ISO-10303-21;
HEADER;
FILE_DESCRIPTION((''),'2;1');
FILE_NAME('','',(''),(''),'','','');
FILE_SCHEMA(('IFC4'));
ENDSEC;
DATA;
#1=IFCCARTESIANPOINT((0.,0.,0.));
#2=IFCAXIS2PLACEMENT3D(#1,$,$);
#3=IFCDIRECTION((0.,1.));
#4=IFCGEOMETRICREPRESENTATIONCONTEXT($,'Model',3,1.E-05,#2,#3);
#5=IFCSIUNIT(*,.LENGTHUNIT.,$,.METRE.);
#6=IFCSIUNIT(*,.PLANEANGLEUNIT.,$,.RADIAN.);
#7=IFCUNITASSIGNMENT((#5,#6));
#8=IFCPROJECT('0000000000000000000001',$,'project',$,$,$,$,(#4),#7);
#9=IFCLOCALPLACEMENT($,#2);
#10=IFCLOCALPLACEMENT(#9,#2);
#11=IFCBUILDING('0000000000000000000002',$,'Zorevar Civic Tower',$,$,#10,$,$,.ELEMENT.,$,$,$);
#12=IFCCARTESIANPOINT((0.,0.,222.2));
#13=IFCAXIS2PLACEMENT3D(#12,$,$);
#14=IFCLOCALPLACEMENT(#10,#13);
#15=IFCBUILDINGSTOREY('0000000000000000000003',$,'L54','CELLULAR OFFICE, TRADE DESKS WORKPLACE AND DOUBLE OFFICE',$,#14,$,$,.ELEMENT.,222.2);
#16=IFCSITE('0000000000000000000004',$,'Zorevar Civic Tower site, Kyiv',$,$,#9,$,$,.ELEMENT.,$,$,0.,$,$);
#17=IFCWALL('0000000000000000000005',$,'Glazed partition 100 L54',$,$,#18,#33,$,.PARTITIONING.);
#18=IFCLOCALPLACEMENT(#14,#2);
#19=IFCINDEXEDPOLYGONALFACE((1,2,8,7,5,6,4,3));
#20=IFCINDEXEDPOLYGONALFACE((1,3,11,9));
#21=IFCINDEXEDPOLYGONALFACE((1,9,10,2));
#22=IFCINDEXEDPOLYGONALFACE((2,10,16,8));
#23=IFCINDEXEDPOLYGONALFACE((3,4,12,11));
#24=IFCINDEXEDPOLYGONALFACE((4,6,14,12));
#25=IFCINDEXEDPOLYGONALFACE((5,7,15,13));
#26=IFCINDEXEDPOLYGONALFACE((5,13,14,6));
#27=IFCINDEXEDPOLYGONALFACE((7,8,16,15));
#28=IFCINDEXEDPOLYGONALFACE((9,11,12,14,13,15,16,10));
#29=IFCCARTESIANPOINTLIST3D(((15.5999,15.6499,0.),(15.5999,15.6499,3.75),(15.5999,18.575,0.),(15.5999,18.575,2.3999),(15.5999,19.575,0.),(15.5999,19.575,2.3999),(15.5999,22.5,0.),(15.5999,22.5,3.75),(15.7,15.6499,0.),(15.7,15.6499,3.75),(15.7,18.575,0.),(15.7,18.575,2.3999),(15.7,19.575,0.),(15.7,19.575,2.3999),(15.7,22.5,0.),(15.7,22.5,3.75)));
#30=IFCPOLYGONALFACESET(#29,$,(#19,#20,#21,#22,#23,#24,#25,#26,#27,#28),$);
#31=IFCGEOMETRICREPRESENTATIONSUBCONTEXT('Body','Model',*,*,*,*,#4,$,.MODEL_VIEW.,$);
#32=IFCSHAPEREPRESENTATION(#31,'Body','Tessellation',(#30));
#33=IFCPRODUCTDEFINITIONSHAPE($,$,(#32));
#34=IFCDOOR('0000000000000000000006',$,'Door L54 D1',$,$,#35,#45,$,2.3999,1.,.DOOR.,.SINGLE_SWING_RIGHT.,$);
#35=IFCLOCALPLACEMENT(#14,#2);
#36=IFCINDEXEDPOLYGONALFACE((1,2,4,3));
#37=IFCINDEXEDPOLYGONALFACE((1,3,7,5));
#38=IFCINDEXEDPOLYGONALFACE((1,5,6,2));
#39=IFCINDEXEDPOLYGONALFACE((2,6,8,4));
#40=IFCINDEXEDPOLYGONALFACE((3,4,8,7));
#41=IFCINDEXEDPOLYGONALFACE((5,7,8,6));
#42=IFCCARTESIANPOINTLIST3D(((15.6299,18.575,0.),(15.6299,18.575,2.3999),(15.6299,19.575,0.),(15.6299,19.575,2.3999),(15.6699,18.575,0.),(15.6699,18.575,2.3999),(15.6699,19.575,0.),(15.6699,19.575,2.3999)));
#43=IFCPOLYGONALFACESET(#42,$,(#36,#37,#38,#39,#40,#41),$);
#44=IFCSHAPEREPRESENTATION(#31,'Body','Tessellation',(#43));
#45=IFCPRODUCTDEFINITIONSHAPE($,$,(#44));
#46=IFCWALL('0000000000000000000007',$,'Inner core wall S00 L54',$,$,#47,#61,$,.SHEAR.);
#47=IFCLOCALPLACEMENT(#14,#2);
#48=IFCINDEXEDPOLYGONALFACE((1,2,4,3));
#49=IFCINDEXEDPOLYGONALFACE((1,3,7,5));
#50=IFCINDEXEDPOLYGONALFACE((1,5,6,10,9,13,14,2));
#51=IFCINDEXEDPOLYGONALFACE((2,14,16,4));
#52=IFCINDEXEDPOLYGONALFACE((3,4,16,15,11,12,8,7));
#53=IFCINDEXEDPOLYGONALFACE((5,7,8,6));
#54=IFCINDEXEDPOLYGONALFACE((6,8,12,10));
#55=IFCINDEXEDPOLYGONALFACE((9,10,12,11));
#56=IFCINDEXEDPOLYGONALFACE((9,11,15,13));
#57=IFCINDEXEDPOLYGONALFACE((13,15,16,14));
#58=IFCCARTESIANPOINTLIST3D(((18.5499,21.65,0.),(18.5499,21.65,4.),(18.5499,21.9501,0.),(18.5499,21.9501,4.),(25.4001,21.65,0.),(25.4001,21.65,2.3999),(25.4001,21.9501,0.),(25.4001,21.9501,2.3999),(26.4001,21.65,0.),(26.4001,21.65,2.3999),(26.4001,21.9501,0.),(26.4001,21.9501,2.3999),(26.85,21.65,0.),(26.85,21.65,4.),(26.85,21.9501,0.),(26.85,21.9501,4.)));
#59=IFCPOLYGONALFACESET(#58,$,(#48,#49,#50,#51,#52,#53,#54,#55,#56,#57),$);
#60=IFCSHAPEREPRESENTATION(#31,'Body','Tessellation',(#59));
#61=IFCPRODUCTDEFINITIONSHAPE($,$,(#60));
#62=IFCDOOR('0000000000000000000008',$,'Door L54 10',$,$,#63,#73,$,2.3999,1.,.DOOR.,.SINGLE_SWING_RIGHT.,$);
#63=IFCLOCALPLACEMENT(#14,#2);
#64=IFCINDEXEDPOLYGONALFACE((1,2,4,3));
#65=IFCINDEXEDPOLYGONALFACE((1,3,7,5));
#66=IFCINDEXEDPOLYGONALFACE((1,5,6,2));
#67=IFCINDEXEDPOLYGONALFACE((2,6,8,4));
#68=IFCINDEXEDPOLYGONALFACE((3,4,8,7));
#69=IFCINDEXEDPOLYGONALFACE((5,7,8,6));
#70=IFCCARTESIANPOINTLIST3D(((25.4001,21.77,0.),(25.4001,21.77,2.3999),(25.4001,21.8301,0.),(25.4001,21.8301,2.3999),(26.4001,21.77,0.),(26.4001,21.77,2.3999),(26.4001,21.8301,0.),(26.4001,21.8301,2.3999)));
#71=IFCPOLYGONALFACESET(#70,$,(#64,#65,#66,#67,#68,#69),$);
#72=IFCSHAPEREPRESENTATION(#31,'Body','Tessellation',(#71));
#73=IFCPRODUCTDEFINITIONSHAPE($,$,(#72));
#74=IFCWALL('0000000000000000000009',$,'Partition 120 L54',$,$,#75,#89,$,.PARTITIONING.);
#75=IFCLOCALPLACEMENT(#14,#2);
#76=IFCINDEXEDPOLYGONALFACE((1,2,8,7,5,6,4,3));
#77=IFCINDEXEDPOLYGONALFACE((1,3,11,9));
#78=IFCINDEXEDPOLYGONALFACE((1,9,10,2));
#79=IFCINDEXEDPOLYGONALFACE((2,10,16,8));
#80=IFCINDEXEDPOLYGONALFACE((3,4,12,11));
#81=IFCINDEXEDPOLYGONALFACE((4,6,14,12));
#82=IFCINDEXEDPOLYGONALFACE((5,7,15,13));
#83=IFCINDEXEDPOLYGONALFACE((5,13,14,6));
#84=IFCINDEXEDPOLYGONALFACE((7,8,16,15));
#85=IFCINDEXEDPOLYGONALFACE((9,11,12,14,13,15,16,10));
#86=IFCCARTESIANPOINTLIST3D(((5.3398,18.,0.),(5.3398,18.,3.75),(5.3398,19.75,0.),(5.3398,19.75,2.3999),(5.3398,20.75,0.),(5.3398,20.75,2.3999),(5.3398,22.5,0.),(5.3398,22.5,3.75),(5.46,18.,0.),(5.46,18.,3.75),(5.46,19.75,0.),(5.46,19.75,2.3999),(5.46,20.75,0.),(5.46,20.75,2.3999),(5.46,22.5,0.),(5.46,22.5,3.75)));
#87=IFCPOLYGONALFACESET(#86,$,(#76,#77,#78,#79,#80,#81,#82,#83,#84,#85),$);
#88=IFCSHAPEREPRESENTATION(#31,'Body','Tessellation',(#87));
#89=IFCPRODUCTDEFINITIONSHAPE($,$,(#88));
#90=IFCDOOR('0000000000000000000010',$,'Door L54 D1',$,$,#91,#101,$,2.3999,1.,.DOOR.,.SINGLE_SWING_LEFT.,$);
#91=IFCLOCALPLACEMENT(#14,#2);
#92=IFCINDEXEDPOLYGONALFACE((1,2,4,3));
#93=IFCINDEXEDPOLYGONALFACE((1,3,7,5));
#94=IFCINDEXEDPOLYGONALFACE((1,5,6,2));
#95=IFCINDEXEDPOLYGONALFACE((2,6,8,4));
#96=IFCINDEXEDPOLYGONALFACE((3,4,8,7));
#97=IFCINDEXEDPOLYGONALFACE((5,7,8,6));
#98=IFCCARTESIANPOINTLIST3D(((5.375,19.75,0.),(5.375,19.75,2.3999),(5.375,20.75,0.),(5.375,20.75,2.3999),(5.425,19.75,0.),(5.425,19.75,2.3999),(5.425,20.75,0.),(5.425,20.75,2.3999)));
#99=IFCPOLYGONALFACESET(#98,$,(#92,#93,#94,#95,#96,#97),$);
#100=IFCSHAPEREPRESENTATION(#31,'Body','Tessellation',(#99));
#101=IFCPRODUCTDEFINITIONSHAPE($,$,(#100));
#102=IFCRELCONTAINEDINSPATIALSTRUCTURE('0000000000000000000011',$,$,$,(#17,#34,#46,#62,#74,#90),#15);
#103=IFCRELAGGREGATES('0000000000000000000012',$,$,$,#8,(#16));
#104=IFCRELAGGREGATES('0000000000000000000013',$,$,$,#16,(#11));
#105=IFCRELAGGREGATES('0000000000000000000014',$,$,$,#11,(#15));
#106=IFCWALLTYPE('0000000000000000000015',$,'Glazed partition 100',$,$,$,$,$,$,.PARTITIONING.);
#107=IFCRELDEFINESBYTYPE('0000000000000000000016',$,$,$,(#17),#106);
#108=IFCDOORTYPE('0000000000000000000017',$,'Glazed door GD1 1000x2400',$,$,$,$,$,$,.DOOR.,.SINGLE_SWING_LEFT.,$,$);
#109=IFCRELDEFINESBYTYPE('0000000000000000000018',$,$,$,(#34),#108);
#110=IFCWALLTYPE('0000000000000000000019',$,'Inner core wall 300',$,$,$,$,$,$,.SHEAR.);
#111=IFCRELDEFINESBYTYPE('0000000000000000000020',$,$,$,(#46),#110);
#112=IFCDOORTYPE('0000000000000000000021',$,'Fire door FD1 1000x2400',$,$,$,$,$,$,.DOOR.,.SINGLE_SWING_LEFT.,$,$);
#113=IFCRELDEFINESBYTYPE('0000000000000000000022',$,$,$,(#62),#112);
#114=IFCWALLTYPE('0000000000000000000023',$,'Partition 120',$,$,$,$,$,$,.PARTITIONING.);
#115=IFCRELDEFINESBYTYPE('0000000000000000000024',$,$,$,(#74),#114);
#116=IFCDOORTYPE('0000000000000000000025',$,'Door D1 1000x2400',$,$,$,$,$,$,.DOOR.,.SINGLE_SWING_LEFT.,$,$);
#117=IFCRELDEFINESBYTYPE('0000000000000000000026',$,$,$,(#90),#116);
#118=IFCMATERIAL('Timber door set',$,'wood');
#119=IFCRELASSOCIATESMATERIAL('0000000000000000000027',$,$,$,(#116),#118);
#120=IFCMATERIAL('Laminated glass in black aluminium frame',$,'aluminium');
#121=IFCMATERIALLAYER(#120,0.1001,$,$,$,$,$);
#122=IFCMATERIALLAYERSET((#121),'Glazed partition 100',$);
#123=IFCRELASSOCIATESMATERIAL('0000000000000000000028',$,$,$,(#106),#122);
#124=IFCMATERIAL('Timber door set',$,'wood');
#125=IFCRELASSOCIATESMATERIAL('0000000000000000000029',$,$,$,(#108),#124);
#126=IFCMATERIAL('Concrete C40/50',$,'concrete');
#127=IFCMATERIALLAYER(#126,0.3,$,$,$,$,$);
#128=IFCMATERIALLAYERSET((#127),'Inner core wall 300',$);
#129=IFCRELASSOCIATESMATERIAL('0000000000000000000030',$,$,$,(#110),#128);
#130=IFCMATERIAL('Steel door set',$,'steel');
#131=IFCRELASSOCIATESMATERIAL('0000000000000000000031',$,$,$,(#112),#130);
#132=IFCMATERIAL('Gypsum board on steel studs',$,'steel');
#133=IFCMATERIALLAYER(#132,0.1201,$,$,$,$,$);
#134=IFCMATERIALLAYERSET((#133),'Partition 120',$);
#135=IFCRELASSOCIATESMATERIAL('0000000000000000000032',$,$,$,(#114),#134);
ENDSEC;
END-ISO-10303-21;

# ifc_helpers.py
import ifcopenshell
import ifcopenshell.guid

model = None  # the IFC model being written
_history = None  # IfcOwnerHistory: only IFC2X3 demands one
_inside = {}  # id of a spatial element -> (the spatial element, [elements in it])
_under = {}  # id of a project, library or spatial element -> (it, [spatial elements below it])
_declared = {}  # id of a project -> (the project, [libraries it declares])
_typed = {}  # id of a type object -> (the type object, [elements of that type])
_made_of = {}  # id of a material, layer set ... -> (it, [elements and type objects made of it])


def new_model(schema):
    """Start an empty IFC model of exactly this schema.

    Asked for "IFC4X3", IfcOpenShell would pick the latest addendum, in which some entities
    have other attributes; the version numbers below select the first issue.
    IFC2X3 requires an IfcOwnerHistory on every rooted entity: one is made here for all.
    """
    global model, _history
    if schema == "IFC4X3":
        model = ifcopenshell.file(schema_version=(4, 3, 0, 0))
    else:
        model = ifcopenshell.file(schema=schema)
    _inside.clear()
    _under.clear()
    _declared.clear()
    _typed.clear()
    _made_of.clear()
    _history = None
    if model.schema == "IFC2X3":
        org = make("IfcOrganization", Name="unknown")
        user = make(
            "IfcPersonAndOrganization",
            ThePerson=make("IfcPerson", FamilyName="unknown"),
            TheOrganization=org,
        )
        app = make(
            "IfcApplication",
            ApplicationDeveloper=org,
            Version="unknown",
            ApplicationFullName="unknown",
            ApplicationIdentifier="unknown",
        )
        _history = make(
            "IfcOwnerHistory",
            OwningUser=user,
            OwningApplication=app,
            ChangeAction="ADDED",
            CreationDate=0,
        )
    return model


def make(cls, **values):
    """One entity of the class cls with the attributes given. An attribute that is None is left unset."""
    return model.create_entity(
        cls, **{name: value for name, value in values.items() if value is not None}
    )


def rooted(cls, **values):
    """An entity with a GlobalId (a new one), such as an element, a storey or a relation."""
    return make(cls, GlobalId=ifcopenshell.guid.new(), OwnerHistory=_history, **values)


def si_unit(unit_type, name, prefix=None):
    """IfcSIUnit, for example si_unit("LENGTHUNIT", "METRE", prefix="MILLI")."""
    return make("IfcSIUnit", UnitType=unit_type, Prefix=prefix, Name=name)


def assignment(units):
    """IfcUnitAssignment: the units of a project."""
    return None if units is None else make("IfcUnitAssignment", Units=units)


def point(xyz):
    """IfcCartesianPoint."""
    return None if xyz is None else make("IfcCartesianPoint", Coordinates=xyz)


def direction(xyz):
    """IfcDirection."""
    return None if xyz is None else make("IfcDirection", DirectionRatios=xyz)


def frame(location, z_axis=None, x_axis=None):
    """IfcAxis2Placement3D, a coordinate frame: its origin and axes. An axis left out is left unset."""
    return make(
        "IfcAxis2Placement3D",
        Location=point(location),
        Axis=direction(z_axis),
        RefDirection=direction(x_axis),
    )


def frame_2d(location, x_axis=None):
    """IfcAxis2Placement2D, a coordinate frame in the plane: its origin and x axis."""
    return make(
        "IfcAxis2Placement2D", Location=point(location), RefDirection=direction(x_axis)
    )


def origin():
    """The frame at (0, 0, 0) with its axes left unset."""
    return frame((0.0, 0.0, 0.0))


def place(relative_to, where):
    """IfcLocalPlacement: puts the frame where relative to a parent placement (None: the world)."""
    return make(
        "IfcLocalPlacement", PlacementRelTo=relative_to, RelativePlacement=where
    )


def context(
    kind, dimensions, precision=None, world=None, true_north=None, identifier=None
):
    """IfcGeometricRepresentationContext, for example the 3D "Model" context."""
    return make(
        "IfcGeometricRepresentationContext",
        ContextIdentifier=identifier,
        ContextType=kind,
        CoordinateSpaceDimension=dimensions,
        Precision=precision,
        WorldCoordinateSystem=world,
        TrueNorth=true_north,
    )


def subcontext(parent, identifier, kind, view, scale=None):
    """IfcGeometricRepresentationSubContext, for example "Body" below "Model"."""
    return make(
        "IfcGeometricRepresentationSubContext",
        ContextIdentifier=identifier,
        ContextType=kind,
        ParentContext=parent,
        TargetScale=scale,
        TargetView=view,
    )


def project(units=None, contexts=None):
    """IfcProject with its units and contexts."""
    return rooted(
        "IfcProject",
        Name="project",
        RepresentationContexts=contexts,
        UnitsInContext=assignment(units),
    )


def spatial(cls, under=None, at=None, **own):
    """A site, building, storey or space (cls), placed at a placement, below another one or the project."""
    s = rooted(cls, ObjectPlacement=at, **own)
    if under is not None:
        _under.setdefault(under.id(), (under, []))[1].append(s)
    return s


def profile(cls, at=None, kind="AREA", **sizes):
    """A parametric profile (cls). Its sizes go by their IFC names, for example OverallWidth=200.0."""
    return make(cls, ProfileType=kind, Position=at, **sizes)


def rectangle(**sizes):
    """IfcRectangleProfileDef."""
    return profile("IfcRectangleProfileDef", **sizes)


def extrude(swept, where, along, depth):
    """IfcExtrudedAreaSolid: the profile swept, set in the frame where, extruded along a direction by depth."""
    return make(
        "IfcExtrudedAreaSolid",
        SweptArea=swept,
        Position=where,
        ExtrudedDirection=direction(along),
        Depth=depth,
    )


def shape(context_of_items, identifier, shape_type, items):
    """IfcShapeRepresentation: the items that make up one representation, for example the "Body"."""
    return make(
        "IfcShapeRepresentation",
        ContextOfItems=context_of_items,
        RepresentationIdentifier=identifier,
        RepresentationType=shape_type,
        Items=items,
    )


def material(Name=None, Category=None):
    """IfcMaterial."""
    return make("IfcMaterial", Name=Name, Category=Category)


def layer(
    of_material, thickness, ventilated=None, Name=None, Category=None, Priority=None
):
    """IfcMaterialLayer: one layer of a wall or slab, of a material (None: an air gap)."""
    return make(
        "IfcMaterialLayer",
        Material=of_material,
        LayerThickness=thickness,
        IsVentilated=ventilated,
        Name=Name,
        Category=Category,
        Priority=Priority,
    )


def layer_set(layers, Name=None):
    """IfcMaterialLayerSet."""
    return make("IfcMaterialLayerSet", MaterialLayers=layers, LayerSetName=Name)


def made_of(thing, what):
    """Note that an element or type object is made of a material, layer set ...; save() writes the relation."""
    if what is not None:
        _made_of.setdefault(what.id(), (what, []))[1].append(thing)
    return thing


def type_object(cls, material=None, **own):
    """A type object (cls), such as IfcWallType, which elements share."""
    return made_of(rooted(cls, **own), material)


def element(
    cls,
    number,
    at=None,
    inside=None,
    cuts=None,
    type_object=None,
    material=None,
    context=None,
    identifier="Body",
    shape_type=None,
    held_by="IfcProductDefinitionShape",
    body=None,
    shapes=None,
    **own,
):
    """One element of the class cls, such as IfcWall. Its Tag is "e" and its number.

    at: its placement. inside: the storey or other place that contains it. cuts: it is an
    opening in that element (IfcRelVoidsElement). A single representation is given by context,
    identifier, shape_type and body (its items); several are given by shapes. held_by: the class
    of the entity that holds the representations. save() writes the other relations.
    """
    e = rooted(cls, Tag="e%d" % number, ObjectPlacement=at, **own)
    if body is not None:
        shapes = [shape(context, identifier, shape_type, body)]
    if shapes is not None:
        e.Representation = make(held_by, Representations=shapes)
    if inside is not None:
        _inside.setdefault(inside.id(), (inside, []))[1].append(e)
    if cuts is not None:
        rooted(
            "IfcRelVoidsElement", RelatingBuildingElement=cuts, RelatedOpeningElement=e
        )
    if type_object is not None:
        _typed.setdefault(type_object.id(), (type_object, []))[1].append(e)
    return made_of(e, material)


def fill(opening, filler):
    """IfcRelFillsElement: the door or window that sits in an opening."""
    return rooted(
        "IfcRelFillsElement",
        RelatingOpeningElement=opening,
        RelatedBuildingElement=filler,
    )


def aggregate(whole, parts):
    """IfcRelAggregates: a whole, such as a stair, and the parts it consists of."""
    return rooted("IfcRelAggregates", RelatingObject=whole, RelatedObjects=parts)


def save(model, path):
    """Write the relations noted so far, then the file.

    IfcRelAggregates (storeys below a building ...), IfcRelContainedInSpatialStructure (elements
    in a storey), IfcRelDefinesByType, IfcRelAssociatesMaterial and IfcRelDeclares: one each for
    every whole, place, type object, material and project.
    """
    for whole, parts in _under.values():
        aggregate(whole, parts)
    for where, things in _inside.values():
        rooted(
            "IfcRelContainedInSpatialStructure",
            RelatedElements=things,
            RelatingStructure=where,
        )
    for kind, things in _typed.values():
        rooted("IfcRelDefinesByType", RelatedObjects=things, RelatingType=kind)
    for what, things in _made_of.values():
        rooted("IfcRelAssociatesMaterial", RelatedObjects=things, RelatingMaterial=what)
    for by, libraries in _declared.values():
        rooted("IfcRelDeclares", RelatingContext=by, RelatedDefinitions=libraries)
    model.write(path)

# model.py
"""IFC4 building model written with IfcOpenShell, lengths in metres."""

from ifc_helpers import new_model, si_unit, direction, frame, frame_2d, origin, place, context, subcontext, project, spatial, rectangle, extrude, material, layer, layer_set, type_object, element, fill, save


model = new_model("IFC4")

# Units and contexts
model_context = context("Model", 3, precision=1e-05, world=origin(), true_north=direction((0.0, 1.0)))
body_context = subcontext(model_context, "Body", "Model", "MODEL_VIEW")
ifc_project = project(units=[si_unit("LENGTHUNIT", "METRE"), si_unit("PLANEANGLEUNIT", "RADIAN")], contexts=[model_context])

# Site, building, storey
site_placement = place(None, origin())
site = spatial("IfcSite", under=ifc_project, at=site_placement, Name="Zorevar Civic Tower site, Kyiv", CompositionType="ELEMENT", RefElevation=0.0)
building_placement = place(site_placement, origin())
building = spatial("IfcBuilding", under=site, at=building_placement, Name="Zorevar Civic Tower", CompositionType="ELEMENT")
storey_placement = place(building_placement, frame((0.0, 0.0, 222.2)))
storey = spatial("IfcBuildingStorey", under=building, at=storey_placement, Name="L54", Description="CELLULAR OFFICE, TRADE DESKS WORKPLACE AND DOUBLE OFFICE", CompositionType="ELEMENT", Elevation=222.2)

# Shared definitions
ifc_material_1 = material(Name="Timber door set", Category="wood")
door_type_1 = type_object("IfcDoorType", Name="Door D1 1000x2400", OperationType="SINGLE_SWING_LEFT", PredefinedType="DOOR", material=ifc_material_1)

# Shared definitions
ifc_material_2 = material(Name="Laminated glass in black aluminium frame", Category="aluminium")
ifc_layer_1 = layer(ifc_material_2, 0.1001)
ifc_layer_set_1 = layer_set([ifc_layer_1], Name="Glazed partition 100")
wall_type_1 = type_object("IfcWallType", Name="Glazed partition 100", PredefinedType="PARTITIONING", material=ifc_layer_set_1)
ifc_material_3 = material(Name="Timber door set", Category="wood")
door_type_2 = type_object("IfcDoorType", Name="Glazed door GD1 1000x2400", OperationType="SINGLE_SWING_LEFT", PredefinedType="DOOR", material=ifc_material_3)

# Walls, openings, doors
wall_1_placement = place(storey_placement, frame((15.6499, 15.6499, 0.0), z_axis=(0.0, 0.0, 1.0), x_axis=(0.0, 1.0, 0.0)))
wall_1 = element("IfcWall", 1, at=wall_1_placement, inside=storey, type_object=wall_type_1, Name="Glazed partition 100 L54", PredefinedType="PARTITIONING", context=body_context, shape_type="SweptSolid", body=[
    extrude(rectangle(XDim=6.8501, YDim=0.1001, at=frame_2d((3.425, 0.0))), origin(), (0.0, 0.0, 1.0), 3.75),
])
opening_1_placement = place(wall_1_placement, frame((2.925, 0.0, 0.0)))
opening_1 = element("IfcOpeningElement", 2, at=opening_1_placement, cuts=wall_1, PredefinedType="OPENING", context=body_context, shape_type="SweptSolid", body=[
    extrude(rectangle(XDim=1.0, YDim=2.3999, at=frame_2d((0.5, 1.2))), frame((0.0, 0.0601, 0.0), z_axis=(0.0, -1.0, 0.0), x_axis=(1.0, 0.0, 0.0)), (0.0, 0.0, 1.0), 0.1201),
])
door_1_placement = place(opening_1_placement, origin())
door_1 = element("IfcDoor", 3, at=door_1_placement, inside=storey, type_object=door_type_2, Name="Door L54 D1", OperationType="SINGLE_SWING_RIGHT", OverallHeight=2.3999, OverallWidth=1.0, PredefinedType="DOOR", context=body_context, shape_type="SweptSolid", body=[
    extrude(rectangle(XDim=1.0, YDim=2.3999, at=frame_2d((0.5, 1.2))), frame((0.0, 0.02, 0.0), z_axis=(0.0, -1.0, 0.0), x_axis=(1.0, 0.0, 0.0)), (0.0, 0.0, 1.0), 0.04),
])
fill(opening_1, door_1)
ifc_material_4 = material(Name="Concrete C40/50", Category="concrete")
ifc_layer_2 = layer(ifc_material_4, 0.3)
ifc_layer_set_2 = layer_set([ifc_layer_2], Name="Inner core wall 300")
wall_type_2 = type_object("IfcWallType", Name="Inner core wall 300", PredefinedType="SHEAR", material=ifc_layer_set_2)
wall_2_placement = place(storey_placement, frame((18.55, 21.8, 0.0), z_axis=(0.0, 0.0, 1.0), x_axis=(1.0, 0.0, 0.0)))
wall_2 = element("IfcWall", 4, at=wall_2_placement, inside=storey, type_object=wall_type_2, Name="Inner core wall S00 L54", PredefinedType="SHEAR", context=body_context, shape_type="SweptSolid", body=[
    extrude(rectangle(XDim=8.3, YDim=0.3, at=frame_2d((4.1499, 0.0))), origin(), (0.0, 0.0, 1.0), 4.0),
])
opening_2_placement = place(wall_2_placement, frame((6.8501, 0.0, 0.0)))
opening_2 = element("IfcOpeningElement", 5, at=opening_2_placement, cuts=wall_2, PredefinedType="OPENING", context=body_context, shape_type="SweptSolid", body=[
    extrude(rectangle(XDim=1.0, YDim=2.3999, at=frame_2d((0.5, 1.2))), frame((0.0, 0.1599, 0.0), z_axis=(0.0, -1.0, 0.0), x_axis=(1.0, 0.0, 0.0)), (0.0, 0.0, 1.0), 0.3201),
])
ifc_material_5 = material(Name="Steel door set", Category="steel")
door_type_3 = type_object("IfcDoorType", Name="Fire door FD1 1000x2400", OperationType="SINGLE_SWING_LEFT", PredefinedType="DOOR", material=ifc_material_5)
door_2_placement = place(opening_2_placement, origin())
door_2 = element("IfcDoor", 6, at=door_2_placement, inside=storey, type_object=door_type_3, Name="Door L54 10", OperationType="SINGLE_SWING_RIGHT", OverallHeight=2.3999, OverallWidth=1.0, PredefinedType="DOOR", context=body_context, shape_type="SweptSolid", body=[
    extrude(rectangle(XDim=1.0, YDim=2.3999, at=frame_2d((0.5, 1.2))), frame((0.0, 0.03, 0.0), z_axis=(0.0, -1.0, 0.0), x_axis=(1.0, 0.0, 0.0)), (0.0, 0.0, 1.0), 0.0601),
])
fill(opening_2, door_2)
ifc_material_6 = material(Name="Gypsum board on steel studs", Category="steel")
ifc_layer_3 = layer(ifc_material_6, 0.1201)
ifc_layer_set_3 = layer_set([ifc_layer_3], Name="Partition 120")
wall_type_3 = type_object("IfcWallType", Name="Partition 120", PredefinedType="PARTITIONING", material=ifc_layer_set_3)
wall_3_placement = place(storey_placement, frame((5.3999, 18.0, 0.0), z_axis=(0.0, 0.0, 1.0), x_axis=(0.0, 1.0, 0.0)))
wall_3 = element("IfcWall", 7, at=wall_3_placement, inside=storey, type_object=wall_type_3, Name="Partition 120 L54", PredefinedType="PARTITIONING", context=body_context, shape_type="SweptSolid", body=[
    extrude(rectangle(XDim=4.5, YDim=0.1201, at=frame_2d((2.25, 0.0))), origin(), (0.0, 0.0, 1.0), 3.75),
])
opening_3_placement = place(wall_3_placement, frame((1.75, 0.0, 0.0)))
opening_3 = element("IfcOpeningElement", 8, at=opening_3_placement, cuts=wall_3, PredefinedType="OPENING", context=body_context, shape_type="SweptSolid", body=[
    extrude(rectangle(XDim=1.0, YDim=2.3999, at=frame_2d((0.5, 1.2))), frame((0.0, 0.0701, 0.0), z_axis=(0.0, -1.0, 0.0), x_axis=(1.0, 0.0, 0.0)), (0.0, 0.0, 1.0), 0.1401),
])
door_3_placement = place(opening_3_placement, origin())
door_3 = element("IfcDoor", 9, at=door_3_placement, inside=storey, type_object=door_type_1, Name="Door L54 D1", OperationType="SINGLE_SWING_LEFT", OverallHeight=2.3999, OverallWidth=1.0, PredefinedType="DOOR", context=body_context, shape_type="SweptSolid", body=[
    extrude(rectangle(XDim=1.0, YDim=2.3999, at=frame_2d((0.5, 1.2))), frame((0.0, 0.0249, 0.0), z_axis=(0.0, -1.0, 0.0), x_axis=(1.0, 0.0, 0.0)), (0.0, 0.0, 1.0), 0.05),
])
fill(opening_3, door_3)

save(model, "model.ifc")
